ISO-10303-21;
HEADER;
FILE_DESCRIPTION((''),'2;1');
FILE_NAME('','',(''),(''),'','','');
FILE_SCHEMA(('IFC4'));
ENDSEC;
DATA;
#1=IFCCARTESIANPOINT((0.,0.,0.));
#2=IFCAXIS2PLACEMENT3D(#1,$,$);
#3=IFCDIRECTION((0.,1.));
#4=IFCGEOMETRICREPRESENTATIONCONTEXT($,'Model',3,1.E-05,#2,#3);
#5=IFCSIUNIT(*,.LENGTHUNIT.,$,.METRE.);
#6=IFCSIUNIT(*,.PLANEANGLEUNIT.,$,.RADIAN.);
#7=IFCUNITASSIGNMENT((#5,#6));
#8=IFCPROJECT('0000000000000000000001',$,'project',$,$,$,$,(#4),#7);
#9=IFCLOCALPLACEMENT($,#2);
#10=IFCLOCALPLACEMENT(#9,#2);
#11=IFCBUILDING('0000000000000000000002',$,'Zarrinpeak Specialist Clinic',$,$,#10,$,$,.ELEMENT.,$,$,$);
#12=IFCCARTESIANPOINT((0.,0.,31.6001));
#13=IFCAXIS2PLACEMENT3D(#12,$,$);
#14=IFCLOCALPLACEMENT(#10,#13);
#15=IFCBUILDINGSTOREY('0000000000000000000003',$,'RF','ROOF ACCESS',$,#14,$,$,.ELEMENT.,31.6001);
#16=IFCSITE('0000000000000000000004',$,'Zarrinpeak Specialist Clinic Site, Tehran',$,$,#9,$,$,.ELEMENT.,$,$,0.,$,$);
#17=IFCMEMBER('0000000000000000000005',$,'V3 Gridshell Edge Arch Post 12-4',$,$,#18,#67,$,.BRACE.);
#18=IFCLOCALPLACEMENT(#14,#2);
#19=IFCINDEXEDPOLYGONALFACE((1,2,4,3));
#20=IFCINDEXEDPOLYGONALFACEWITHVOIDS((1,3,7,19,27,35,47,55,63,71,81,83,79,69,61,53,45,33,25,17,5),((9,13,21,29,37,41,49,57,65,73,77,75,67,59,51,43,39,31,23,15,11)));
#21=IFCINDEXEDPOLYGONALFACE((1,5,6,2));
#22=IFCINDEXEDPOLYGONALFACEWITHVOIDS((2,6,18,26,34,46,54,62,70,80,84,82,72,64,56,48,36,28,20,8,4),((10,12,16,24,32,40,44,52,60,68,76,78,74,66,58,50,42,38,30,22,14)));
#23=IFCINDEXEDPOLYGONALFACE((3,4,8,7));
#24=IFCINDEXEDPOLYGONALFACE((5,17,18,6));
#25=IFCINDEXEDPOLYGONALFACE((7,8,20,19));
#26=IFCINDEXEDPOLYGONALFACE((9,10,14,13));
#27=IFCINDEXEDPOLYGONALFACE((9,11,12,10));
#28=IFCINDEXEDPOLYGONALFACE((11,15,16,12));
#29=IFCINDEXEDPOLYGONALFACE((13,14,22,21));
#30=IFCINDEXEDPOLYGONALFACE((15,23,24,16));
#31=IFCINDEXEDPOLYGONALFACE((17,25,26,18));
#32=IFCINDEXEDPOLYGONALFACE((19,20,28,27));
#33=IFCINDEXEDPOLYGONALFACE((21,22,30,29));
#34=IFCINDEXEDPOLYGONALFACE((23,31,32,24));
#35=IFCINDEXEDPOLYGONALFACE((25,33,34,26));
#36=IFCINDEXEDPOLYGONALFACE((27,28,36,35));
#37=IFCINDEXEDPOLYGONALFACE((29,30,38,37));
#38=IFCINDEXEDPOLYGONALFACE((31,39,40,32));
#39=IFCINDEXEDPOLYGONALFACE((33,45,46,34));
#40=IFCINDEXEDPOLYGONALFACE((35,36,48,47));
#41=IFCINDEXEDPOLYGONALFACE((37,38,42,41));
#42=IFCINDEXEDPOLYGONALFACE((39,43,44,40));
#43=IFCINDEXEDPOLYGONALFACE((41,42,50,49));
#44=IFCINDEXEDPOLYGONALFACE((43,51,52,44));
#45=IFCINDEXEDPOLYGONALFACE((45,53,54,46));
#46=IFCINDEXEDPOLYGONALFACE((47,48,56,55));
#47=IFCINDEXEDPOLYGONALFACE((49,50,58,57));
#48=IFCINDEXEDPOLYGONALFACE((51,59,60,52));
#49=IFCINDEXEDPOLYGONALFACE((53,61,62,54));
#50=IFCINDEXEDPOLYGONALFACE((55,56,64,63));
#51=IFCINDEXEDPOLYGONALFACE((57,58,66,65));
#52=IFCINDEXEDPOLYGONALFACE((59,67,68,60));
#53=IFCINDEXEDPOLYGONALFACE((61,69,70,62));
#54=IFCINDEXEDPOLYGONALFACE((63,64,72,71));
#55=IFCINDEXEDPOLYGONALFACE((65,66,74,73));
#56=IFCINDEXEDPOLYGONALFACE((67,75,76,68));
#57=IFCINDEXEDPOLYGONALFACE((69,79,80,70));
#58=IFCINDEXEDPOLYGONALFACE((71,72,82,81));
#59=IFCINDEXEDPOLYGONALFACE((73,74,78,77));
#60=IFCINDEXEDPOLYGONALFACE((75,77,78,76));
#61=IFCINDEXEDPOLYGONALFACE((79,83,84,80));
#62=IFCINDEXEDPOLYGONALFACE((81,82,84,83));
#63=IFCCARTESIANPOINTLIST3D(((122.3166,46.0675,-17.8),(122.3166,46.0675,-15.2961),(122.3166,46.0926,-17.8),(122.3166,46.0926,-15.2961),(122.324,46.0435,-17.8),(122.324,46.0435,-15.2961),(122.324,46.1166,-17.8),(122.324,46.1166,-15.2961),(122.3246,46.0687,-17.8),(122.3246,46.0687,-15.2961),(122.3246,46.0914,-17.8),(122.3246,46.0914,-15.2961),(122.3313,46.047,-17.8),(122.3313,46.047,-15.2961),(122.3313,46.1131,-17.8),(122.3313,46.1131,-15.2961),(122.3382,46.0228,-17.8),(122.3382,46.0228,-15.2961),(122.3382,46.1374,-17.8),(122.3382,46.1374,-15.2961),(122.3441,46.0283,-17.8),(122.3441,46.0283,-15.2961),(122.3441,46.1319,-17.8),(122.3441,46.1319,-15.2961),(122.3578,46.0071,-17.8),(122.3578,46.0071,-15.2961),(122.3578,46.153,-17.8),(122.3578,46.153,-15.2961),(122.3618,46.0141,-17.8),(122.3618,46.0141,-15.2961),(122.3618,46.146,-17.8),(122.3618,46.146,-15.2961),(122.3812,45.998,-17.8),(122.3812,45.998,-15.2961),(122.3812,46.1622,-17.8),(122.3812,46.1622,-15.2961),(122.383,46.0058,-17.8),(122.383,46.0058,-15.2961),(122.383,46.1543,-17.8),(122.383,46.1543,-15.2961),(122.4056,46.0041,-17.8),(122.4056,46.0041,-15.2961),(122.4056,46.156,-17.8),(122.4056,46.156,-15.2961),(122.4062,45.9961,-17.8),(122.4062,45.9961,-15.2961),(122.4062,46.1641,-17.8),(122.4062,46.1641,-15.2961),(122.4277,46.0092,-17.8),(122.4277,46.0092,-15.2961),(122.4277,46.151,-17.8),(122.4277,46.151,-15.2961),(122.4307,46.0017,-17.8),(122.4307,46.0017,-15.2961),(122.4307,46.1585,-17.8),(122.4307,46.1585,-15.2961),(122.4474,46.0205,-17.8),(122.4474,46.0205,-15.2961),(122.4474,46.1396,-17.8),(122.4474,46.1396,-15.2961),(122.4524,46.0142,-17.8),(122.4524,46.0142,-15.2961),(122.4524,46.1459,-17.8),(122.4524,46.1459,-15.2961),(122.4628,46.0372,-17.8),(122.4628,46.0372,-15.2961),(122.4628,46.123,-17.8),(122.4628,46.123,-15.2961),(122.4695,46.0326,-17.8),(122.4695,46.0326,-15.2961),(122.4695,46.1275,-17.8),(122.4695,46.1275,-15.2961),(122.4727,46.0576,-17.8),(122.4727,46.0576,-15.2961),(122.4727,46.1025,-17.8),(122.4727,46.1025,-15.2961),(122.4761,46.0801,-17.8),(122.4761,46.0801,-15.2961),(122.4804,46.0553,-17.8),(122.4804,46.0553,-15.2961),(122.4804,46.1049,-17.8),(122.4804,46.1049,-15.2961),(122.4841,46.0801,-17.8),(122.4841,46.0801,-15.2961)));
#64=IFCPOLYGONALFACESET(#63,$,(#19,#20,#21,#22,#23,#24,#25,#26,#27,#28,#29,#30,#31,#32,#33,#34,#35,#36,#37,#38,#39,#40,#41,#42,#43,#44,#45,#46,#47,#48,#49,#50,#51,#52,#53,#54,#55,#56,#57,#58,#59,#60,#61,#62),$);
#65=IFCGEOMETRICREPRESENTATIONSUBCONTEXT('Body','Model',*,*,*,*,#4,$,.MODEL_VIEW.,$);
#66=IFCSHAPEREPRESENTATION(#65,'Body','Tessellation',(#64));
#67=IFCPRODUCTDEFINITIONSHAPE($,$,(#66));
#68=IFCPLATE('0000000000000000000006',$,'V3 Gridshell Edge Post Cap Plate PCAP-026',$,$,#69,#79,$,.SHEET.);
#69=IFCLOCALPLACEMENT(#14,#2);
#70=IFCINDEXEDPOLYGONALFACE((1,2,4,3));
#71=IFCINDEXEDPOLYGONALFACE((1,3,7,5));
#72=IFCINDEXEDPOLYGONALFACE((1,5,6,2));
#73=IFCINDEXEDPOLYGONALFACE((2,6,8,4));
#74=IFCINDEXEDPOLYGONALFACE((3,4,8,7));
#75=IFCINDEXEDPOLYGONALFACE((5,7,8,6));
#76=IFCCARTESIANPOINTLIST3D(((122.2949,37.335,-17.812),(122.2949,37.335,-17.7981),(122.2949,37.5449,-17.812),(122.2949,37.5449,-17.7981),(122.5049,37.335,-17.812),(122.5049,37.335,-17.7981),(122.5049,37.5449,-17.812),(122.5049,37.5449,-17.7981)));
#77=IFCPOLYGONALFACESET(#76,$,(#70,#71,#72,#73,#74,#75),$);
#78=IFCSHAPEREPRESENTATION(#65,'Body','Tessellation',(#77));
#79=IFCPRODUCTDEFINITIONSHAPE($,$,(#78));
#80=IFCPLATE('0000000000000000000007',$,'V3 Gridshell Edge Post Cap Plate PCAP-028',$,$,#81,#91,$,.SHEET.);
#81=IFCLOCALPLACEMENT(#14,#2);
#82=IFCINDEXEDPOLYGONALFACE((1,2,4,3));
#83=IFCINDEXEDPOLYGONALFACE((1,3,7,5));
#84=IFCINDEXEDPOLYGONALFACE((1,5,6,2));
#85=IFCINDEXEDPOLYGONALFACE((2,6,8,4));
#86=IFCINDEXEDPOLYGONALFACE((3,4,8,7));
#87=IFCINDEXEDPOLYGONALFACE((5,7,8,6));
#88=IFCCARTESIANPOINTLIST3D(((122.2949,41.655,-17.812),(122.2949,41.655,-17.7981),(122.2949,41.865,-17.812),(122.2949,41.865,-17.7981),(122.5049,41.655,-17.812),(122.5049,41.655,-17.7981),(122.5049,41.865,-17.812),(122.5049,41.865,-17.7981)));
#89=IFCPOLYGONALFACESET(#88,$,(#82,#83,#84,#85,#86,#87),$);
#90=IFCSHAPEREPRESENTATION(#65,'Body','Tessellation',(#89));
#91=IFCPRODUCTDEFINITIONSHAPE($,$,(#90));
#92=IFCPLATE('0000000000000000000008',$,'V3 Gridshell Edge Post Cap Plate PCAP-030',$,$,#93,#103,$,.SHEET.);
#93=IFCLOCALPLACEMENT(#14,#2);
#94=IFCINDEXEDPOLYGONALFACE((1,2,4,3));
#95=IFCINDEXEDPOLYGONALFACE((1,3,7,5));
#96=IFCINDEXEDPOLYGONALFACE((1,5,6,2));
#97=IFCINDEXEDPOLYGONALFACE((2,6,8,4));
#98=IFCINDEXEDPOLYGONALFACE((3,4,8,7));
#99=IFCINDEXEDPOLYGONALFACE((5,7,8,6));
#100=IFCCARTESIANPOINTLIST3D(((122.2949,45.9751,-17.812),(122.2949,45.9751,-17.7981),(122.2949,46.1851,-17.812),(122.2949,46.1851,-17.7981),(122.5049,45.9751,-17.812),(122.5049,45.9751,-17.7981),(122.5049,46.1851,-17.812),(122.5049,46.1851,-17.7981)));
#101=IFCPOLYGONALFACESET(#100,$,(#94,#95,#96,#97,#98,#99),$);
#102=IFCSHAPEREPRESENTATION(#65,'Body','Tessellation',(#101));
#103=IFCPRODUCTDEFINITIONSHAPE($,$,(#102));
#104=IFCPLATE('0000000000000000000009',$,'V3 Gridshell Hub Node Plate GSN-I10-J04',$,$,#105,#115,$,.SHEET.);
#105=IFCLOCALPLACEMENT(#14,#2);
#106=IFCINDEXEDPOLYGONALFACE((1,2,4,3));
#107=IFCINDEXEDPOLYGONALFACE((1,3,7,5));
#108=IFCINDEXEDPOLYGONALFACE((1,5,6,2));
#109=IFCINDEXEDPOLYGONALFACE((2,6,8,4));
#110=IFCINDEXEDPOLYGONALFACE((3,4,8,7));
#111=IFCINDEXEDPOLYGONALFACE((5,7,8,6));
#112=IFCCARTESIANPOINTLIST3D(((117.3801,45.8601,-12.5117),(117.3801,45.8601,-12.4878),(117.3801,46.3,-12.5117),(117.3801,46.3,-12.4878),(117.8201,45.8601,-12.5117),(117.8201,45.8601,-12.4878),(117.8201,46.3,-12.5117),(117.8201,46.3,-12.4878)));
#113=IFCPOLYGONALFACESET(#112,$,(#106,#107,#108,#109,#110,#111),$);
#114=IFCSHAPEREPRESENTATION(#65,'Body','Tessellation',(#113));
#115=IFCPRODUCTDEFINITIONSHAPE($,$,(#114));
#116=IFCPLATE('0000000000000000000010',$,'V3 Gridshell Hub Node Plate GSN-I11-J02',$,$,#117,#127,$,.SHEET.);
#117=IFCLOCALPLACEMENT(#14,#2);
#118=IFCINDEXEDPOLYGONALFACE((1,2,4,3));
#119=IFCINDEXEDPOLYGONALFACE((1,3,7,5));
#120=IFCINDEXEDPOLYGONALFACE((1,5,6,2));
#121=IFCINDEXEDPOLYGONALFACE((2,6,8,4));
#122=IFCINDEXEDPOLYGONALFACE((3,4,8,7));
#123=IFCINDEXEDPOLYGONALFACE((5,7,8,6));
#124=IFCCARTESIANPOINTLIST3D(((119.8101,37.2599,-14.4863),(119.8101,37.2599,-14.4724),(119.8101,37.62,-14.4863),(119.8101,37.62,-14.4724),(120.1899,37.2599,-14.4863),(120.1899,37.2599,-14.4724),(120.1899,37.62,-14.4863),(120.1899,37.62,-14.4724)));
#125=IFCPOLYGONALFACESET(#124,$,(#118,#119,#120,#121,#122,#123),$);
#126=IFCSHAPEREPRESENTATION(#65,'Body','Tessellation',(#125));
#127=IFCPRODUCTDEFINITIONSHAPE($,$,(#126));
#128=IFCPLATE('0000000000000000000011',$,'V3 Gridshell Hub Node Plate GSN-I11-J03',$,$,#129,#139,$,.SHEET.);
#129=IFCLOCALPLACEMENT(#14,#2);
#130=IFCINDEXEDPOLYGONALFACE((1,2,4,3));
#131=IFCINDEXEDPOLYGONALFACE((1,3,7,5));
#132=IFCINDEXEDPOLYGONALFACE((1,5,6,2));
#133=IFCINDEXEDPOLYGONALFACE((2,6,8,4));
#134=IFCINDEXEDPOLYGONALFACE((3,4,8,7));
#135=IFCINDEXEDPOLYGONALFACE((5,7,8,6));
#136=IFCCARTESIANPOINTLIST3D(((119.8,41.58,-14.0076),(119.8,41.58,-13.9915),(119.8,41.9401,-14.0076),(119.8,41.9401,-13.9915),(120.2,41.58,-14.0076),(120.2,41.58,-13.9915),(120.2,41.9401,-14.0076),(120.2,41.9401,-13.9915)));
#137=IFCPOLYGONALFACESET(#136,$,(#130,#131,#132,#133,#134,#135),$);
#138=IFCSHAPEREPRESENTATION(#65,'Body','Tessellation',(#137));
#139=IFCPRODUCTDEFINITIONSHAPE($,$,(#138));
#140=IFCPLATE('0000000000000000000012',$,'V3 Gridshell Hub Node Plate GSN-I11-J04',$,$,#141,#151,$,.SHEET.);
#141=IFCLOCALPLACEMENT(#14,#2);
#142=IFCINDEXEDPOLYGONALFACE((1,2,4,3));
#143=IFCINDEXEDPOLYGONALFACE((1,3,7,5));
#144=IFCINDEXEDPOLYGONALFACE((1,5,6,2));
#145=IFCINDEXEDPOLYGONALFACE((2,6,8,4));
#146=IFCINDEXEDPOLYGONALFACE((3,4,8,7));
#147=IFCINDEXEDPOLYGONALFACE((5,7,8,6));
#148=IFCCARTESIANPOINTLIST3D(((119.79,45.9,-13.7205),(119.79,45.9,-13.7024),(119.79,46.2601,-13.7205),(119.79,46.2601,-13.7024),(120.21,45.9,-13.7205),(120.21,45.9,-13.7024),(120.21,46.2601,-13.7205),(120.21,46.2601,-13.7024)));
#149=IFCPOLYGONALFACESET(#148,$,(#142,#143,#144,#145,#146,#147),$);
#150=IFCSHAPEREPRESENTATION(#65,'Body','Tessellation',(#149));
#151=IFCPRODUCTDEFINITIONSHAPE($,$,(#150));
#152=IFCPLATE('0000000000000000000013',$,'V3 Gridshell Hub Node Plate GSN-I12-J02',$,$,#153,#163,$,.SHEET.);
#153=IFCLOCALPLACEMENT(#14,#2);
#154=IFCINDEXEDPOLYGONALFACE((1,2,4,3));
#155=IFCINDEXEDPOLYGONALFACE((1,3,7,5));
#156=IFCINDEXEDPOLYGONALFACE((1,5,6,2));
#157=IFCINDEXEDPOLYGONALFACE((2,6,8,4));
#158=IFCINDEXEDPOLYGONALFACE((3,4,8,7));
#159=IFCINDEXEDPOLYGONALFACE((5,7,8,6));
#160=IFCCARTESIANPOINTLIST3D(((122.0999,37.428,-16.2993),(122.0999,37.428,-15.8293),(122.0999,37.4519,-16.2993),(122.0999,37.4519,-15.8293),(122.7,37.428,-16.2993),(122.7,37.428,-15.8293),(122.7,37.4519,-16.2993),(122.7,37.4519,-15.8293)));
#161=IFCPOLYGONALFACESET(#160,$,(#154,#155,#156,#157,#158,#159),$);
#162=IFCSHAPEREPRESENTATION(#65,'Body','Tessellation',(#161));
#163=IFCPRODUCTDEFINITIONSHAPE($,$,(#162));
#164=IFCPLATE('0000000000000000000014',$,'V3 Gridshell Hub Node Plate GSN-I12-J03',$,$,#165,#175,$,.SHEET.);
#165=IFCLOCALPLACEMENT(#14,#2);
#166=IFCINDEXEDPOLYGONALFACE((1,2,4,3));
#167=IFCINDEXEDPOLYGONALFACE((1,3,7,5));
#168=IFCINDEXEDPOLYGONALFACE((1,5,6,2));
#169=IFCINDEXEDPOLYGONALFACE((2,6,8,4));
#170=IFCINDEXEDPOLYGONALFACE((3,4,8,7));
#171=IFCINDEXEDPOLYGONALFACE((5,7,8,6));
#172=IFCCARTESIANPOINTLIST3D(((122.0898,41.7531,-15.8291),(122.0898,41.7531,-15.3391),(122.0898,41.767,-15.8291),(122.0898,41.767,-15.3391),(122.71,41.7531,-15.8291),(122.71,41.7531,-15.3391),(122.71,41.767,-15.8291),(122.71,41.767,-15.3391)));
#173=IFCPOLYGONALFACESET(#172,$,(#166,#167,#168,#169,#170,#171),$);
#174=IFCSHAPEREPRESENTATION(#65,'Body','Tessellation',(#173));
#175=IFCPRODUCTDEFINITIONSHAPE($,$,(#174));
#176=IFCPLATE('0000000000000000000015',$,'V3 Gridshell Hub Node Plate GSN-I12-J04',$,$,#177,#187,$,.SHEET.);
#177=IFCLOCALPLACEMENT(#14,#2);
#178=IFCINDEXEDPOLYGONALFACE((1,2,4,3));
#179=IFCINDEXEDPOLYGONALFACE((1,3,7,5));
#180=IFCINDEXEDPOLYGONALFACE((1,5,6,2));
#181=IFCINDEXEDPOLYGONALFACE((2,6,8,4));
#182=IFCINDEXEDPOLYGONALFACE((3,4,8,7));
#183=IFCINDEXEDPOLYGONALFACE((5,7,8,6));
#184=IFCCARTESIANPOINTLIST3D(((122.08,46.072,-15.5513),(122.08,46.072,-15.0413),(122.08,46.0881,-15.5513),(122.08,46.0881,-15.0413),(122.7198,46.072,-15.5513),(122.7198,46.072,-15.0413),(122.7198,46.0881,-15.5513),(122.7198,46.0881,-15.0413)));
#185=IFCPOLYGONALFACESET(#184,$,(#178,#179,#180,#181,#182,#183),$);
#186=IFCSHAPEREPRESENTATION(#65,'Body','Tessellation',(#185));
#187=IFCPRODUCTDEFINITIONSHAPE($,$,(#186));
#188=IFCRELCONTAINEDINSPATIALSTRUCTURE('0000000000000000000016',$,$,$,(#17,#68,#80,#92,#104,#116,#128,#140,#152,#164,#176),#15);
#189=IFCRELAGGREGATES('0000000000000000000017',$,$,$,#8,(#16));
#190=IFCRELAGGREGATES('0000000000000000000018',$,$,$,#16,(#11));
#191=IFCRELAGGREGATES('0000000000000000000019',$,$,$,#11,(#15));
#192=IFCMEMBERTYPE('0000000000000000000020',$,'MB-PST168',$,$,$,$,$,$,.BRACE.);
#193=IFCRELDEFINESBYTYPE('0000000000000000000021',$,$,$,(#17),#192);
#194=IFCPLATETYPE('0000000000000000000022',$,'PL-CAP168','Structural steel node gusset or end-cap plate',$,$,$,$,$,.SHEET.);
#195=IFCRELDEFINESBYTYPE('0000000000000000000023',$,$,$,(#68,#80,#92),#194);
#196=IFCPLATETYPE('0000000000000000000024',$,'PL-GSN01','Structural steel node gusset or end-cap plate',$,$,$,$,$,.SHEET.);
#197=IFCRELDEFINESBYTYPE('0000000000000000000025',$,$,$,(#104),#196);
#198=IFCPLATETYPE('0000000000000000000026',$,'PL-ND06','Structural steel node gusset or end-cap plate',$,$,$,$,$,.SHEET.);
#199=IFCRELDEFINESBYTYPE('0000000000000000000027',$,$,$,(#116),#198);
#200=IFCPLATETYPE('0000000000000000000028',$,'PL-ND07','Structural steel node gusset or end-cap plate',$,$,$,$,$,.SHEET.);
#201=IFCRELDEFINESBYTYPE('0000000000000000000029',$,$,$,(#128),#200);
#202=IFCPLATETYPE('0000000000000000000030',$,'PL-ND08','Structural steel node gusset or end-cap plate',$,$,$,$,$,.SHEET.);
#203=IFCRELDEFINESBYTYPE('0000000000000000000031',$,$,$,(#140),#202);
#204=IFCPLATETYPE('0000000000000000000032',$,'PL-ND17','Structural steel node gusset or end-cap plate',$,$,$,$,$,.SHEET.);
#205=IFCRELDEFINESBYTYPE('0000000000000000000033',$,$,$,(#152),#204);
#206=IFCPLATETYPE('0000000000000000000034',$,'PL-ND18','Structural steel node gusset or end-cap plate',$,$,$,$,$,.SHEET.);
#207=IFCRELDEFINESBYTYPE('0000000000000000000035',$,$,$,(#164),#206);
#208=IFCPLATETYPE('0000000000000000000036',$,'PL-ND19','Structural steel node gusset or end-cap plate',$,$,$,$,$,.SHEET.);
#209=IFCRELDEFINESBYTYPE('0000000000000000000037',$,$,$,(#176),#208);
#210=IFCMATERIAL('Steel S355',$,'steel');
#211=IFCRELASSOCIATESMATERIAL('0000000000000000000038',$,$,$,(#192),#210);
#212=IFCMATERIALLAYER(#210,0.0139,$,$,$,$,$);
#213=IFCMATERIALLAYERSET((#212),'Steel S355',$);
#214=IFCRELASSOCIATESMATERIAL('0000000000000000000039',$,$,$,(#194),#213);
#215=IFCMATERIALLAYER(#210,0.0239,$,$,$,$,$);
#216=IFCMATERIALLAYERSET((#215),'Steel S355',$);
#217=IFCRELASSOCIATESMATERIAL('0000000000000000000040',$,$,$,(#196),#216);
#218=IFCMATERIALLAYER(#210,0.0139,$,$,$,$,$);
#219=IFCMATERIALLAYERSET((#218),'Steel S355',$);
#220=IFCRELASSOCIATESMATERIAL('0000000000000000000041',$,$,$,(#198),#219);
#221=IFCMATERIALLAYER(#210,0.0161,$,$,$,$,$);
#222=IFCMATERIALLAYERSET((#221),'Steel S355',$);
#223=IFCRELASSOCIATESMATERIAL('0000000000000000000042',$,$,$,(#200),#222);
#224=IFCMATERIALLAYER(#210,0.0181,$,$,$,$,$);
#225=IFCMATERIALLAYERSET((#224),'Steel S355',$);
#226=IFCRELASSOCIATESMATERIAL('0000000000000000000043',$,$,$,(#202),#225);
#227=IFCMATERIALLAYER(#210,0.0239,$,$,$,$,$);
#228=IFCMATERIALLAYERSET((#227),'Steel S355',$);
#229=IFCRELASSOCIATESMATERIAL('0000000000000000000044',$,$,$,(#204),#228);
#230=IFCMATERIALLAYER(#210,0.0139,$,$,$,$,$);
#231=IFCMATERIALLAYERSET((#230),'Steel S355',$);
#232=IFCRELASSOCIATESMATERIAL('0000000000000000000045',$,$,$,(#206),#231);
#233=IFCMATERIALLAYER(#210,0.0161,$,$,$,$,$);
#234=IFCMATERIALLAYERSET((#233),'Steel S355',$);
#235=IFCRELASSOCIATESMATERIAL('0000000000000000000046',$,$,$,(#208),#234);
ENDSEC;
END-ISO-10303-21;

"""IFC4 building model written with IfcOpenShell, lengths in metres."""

from ifc_helpers import new_model, si_unit, direction, frame, origin, origin_2d, place, context, subcontext, project, spatial, rectangle, hollow_circle, extrude, material, layer, layer_set, material_profile, profile_set, type_object, element, save


model = new_model("IFC4")

# Units and contexts
model_context = context("Model", 3, precision=1e-05, world=origin(), true_north=direction((0.0, 1.0)))
body_context = subcontext(model_context, "Body", "Model", "MODEL_VIEW")
ifc_project = project(units=[si_unit("LENGTHUNIT", "METRE"), si_unit("PLANEANGLEUNIT", "RADIAN")], contexts=[model_context])

# Site, building, storey
site_placement = place(None, origin())
site = spatial("IfcSite", under=ifc_project, at=site_placement, Name="Zarrinpeak Specialist Clinic Site, Tehran", CompositionType="ELEMENT", RefElevation=0.0)
building_placement = place(site_placement, origin())
building = spatial("IfcBuilding", under=site, at=building_placement, Name="Zarrinpeak Specialist Clinic", CompositionType="ELEMENT")
storey_placement = place(building_placement, frame((0.0, 0.0, 31.6001)))
storey = spatial("IfcBuildingStorey", under=building, at=storey_placement, Name="RF", Description="ROOF ACCESS", CompositionType="ELEMENT", Elevation=31.6001)

# Member
ifc_material_1 = material(Name="Steel S355", Category="steel")
ifc_material_profile_1 = material_profile(ifc_material_1, hollow_circle(Radius=0.0842, WallThickness=0.0081, at=origin_2d()), Name="CHS 168.3x8.0")
ifc_profile_set_1 = profile_set([ifc_material_profile_1], Name="Steel S355")
member_type_1 = type_object("IfcMemberType", Name="MB-PST168", PredefinedType="BRACE", material=ifc_profile_set_1)
member_1_placement = place(storey_placement, frame((122.3999, 46.0801, -17.8), z_axis=(0.0, 0.0, 1.0), x_axis=(1.0, 0.0, 0.0)))
element("IfcMember", 1, at=member_1_placement, inside=storey, type_object=member_type_1, Name="V3 Gridshell Edge Arch Post 12-4", PredefinedType="BRACE", context=body_context, shape_type="SweptSolid", body=[
    extrude(hollow_circle(Radius=0.0842, WallThickness=0.0081, at=origin_2d()), origin(), (0.0, 0.0, 1.0), 2.5039),
])

# Plates
ifc_layer_1 = layer(ifc_material_1, 0.0139)
ifc_layer_set_1 = layer_set([ifc_layer_1], Name="Steel S355")
plate_type_1 = type_object("IfcPlateType", Name="PL-CAP168", Description="Structural steel node gusset or end-cap plate", PredefinedType="SHEET", material=ifc_layer_set_1)
for number, where, z_axis, x_axis, name in (
    (2, (122.3999, 37.4399, -17.812), (0.0, 0.0, 1.0), (1.0, 0.0, 0.0), "V3 Gridshell Edge Post Cap Plate PCAP-026"),
    (3, (122.3999, 41.76, -17.812), (0.0, 0.0, 1.0), (1.0, 0.0, 0.0), "V3 Gridshell Edge Post Cap Plate PCAP-028"),
    (4, (122.3999, 46.0801, -17.812), (0.0, 0.0, 1.0), (1.0, 0.0, 0.0), "V3 Gridshell Edge Post Cap Plate PCAP-030"),
):
    element("IfcPlate", number, at=place(storey_placement, frame(where, z_axis=z_axis, x_axis=x_axis)), inside=storey, type_object=plate_type_1, Name=name, PredefinedType="SHEET", context=body_context, shape_type="SweptSolid", body=[
        extrude(rectangle(XDim=0.21, YDim=0.21, at=origin_2d()), origin(), (0.0, 0.0, 1.0), 0.0139),
    ])
ifc_layer_2 = layer(ifc_material_1, 0.0239)
ifc_layer_set_2 = layer_set([ifc_layer_2], Name="Steel S355")
plate_type_2 = type_object("IfcPlateType", Name="PL-GSN01", Description="Structural steel node gusset or end-cap plate", PredefinedType="SHEET", material=ifc_layer_set_2)
plate_1_placement = place(storey_placement, frame((117.6001, 46.0801, -12.5117), z_axis=(0.0, 0.0, 1.0), x_axis=(1.0, 0.0, 0.0)))
element("IfcPlate", 5, at=plate_1_placement, inside=storey, type_object=plate_type_2, Name="V3 Gridshell Hub Node Plate GSN-I10-J04", PredefinedType="SHEET", context=body_context, shape_type="SweptSolid", body=[
    extrude(rectangle(XDim=0.4399, YDim=0.4399, at=origin_2d()), origin(), (0.0, 0.0, 1.0), 0.0239),
])
ifc_layer_3 = layer(ifc_material_1, 0.0139)
ifc_layer_set_3 = layer_set([ifc_layer_3], Name="Steel S355")
plate_type_3 = type_object("IfcPlateType", Name="PL-ND06", Description="Structural steel node gusset or end-cap plate", PredefinedType="SHEET", material=ifc_layer_set_3)
plate_2_placement = place(storey_placement, frame((120.0, 37.4399, -14.4863), z_axis=(0.0, 0.0, 1.0), x_axis=(1.0, 0.0, 0.0)))
element("IfcPlate", 6, at=plate_2_placement, inside=storey, type_object=plate_type_3, Name="V3 Gridshell Hub Node Plate GSN-I11-J02", PredefinedType="SHEET", context=body_context, shape_type="SweptSolid", body=[
    extrude(rectangle(XDim=0.3799, YDim=0.3601, at=origin_2d()), origin(), (0.0, 0.0, 1.0), 0.0139),
])
ifc_layer_4 = layer(ifc_material_1, 0.0161)
ifc_layer_set_4 = layer_set([ifc_layer_4], Name="Steel S355")
plate_type_4 = type_object("IfcPlateType", Name="PL-ND07", Description="Structural steel node gusset or end-cap plate", PredefinedType="SHEET", material=ifc_layer_set_4)
plate_3_placement = place(storey_placement, frame((120.0, 41.76, -14.0076), z_axis=(0.0, 0.0, 1.0), x_axis=(1.0, 0.0, 0.0)))
element("IfcPlate", 7, at=plate_3_placement, inside=storey, type_object=plate_type_4, Name="V3 Gridshell Hub Node Plate GSN-I11-J03", PredefinedType="SHEET", context=body_context, shape_type="SweptSolid", body=[
    extrude(rectangle(XDim=0.3999, YDim=0.3601, at=origin_2d()), origin(), (0.0, 0.0, 1.0), 0.0161),
])
ifc_layer_5 = layer(ifc_material_1, 0.0181)
ifc_layer_set_5 = layer_set([ifc_layer_5], Name="Steel S355")
plate_type_5 = type_object("IfcPlateType", Name="PL-ND08", Description="Structural steel node gusset or end-cap plate", PredefinedType="SHEET", material=ifc_layer_set_5)
plate_4_placement = place(storey_placement, frame((120.0, 46.0801, -13.7205), z_axis=(0.0, 0.0, 1.0), x_axis=(1.0, 0.0, 0.0)))
element("IfcPlate", 8, at=plate_4_placement, inside=storey, type_object=plate_type_5, Name="V3 Gridshell Hub Node Plate GSN-I11-J04", PredefinedType="SHEET", context=body_context, shape_type="SweptSolid", body=[
    extrude(rectangle(XDim=0.4199, YDim=0.3601, at=origin_2d()), origin(), (0.0, 0.0, 1.0), 0.0181),
])
ifc_layer_6 = layer(ifc_material_1, 0.0239)
ifc_layer_set_6 = layer_set([ifc_layer_6], Name="Steel S355")
plate_type_6 = type_object("IfcPlateType", Name="PL-ND17", Description="Structural steel node gusset or end-cap plate", PredefinedType="SHEET", material=ifc_layer_set_6)
plate_5_placement = place(storey_placement, frame((122.3999, 37.4399, -16.2993), z_axis=(0.0, 0.0, 1.0), x_axis=(1.0, 0.0, 0.0)))
element("IfcPlate", 9, at=plate_5_placement, inside=storey, type_object=plate_type_6, Name="V3 Gridshell Hub Node Plate GSN-I12-J02", PredefinedType="SHEET", context=body_context, shape_type="SweptSolid", body=[
    extrude(rectangle(XDim=0.6001, YDim=0.0239, at=origin_2d()), origin(), (0.0, 0.0, 1.0), 0.47),
])
ifc_layer_7 = layer(ifc_material_1, 0.0139)
ifc_layer_set_7 = layer_set([ifc_layer_7], Name="Steel S355")
plate_type_7 = type_object("IfcPlateType", Name="PL-ND18", Description="Structural steel node gusset or end-cap plate", PredefinedType="SHEET", material=ifc_layer_set_7)
plate_6_placement = place(storey_placement, frame((122.3999, 41.76, -15.8291), z_axis=(0.0, 0.0, 1.0), x_axis=(1.0, 0.0, 0.0)))
element("IfcPlate", 10, at=plate_6_placement, inside=storey, type_object=plate_type_7, Name="V3 Gridshell Hub Node Plate GSN-I12-J03", PredefinedType="SHEET", context=body_context, shape_type="SweptSolid", body=[
    extrude(rectangle(XDim=0.6201, YDim=0.0139, at=origin_2d()), origin(), (0.0, 0.0, 1.0), 0.49),
])
ifc_layer_8 = layer(ifc_material_1, 0.0161)
ifc_layer_set_8 = layer_set([ifc_layer_8], Name="Steel S355")
plate_type_8 = type_object("IfcPlateType", Name="PL-ND19", Description="Structural steel node gusset or end-cap plate", PredefinedType="SHEET", material=ifc_layer_set_8)
plate_7_placement = place(storey_placement, frame((122.3999, 46.0801, -15.5513), z_axis=(0.0, 0.0, 1.0), x_axis=(1.0, 0.0, 0.0)))
element("IfcPlate", 11, at=plate_7_placement, inside=storey, type_object=plate_type_8, Name="V3 Gridshell Hub Node Plate GSN-I12-J04", PredefinedType="SHEET", context=body_context, shape_type="SweptSolid", body=[
    extrude(rectangle(XDim=0.6399, YDim=0.0161, at=origin_2d()), origin(), (0.0, 0.0, 1.0), 0.51),
])

save(model, "model.ifc")
